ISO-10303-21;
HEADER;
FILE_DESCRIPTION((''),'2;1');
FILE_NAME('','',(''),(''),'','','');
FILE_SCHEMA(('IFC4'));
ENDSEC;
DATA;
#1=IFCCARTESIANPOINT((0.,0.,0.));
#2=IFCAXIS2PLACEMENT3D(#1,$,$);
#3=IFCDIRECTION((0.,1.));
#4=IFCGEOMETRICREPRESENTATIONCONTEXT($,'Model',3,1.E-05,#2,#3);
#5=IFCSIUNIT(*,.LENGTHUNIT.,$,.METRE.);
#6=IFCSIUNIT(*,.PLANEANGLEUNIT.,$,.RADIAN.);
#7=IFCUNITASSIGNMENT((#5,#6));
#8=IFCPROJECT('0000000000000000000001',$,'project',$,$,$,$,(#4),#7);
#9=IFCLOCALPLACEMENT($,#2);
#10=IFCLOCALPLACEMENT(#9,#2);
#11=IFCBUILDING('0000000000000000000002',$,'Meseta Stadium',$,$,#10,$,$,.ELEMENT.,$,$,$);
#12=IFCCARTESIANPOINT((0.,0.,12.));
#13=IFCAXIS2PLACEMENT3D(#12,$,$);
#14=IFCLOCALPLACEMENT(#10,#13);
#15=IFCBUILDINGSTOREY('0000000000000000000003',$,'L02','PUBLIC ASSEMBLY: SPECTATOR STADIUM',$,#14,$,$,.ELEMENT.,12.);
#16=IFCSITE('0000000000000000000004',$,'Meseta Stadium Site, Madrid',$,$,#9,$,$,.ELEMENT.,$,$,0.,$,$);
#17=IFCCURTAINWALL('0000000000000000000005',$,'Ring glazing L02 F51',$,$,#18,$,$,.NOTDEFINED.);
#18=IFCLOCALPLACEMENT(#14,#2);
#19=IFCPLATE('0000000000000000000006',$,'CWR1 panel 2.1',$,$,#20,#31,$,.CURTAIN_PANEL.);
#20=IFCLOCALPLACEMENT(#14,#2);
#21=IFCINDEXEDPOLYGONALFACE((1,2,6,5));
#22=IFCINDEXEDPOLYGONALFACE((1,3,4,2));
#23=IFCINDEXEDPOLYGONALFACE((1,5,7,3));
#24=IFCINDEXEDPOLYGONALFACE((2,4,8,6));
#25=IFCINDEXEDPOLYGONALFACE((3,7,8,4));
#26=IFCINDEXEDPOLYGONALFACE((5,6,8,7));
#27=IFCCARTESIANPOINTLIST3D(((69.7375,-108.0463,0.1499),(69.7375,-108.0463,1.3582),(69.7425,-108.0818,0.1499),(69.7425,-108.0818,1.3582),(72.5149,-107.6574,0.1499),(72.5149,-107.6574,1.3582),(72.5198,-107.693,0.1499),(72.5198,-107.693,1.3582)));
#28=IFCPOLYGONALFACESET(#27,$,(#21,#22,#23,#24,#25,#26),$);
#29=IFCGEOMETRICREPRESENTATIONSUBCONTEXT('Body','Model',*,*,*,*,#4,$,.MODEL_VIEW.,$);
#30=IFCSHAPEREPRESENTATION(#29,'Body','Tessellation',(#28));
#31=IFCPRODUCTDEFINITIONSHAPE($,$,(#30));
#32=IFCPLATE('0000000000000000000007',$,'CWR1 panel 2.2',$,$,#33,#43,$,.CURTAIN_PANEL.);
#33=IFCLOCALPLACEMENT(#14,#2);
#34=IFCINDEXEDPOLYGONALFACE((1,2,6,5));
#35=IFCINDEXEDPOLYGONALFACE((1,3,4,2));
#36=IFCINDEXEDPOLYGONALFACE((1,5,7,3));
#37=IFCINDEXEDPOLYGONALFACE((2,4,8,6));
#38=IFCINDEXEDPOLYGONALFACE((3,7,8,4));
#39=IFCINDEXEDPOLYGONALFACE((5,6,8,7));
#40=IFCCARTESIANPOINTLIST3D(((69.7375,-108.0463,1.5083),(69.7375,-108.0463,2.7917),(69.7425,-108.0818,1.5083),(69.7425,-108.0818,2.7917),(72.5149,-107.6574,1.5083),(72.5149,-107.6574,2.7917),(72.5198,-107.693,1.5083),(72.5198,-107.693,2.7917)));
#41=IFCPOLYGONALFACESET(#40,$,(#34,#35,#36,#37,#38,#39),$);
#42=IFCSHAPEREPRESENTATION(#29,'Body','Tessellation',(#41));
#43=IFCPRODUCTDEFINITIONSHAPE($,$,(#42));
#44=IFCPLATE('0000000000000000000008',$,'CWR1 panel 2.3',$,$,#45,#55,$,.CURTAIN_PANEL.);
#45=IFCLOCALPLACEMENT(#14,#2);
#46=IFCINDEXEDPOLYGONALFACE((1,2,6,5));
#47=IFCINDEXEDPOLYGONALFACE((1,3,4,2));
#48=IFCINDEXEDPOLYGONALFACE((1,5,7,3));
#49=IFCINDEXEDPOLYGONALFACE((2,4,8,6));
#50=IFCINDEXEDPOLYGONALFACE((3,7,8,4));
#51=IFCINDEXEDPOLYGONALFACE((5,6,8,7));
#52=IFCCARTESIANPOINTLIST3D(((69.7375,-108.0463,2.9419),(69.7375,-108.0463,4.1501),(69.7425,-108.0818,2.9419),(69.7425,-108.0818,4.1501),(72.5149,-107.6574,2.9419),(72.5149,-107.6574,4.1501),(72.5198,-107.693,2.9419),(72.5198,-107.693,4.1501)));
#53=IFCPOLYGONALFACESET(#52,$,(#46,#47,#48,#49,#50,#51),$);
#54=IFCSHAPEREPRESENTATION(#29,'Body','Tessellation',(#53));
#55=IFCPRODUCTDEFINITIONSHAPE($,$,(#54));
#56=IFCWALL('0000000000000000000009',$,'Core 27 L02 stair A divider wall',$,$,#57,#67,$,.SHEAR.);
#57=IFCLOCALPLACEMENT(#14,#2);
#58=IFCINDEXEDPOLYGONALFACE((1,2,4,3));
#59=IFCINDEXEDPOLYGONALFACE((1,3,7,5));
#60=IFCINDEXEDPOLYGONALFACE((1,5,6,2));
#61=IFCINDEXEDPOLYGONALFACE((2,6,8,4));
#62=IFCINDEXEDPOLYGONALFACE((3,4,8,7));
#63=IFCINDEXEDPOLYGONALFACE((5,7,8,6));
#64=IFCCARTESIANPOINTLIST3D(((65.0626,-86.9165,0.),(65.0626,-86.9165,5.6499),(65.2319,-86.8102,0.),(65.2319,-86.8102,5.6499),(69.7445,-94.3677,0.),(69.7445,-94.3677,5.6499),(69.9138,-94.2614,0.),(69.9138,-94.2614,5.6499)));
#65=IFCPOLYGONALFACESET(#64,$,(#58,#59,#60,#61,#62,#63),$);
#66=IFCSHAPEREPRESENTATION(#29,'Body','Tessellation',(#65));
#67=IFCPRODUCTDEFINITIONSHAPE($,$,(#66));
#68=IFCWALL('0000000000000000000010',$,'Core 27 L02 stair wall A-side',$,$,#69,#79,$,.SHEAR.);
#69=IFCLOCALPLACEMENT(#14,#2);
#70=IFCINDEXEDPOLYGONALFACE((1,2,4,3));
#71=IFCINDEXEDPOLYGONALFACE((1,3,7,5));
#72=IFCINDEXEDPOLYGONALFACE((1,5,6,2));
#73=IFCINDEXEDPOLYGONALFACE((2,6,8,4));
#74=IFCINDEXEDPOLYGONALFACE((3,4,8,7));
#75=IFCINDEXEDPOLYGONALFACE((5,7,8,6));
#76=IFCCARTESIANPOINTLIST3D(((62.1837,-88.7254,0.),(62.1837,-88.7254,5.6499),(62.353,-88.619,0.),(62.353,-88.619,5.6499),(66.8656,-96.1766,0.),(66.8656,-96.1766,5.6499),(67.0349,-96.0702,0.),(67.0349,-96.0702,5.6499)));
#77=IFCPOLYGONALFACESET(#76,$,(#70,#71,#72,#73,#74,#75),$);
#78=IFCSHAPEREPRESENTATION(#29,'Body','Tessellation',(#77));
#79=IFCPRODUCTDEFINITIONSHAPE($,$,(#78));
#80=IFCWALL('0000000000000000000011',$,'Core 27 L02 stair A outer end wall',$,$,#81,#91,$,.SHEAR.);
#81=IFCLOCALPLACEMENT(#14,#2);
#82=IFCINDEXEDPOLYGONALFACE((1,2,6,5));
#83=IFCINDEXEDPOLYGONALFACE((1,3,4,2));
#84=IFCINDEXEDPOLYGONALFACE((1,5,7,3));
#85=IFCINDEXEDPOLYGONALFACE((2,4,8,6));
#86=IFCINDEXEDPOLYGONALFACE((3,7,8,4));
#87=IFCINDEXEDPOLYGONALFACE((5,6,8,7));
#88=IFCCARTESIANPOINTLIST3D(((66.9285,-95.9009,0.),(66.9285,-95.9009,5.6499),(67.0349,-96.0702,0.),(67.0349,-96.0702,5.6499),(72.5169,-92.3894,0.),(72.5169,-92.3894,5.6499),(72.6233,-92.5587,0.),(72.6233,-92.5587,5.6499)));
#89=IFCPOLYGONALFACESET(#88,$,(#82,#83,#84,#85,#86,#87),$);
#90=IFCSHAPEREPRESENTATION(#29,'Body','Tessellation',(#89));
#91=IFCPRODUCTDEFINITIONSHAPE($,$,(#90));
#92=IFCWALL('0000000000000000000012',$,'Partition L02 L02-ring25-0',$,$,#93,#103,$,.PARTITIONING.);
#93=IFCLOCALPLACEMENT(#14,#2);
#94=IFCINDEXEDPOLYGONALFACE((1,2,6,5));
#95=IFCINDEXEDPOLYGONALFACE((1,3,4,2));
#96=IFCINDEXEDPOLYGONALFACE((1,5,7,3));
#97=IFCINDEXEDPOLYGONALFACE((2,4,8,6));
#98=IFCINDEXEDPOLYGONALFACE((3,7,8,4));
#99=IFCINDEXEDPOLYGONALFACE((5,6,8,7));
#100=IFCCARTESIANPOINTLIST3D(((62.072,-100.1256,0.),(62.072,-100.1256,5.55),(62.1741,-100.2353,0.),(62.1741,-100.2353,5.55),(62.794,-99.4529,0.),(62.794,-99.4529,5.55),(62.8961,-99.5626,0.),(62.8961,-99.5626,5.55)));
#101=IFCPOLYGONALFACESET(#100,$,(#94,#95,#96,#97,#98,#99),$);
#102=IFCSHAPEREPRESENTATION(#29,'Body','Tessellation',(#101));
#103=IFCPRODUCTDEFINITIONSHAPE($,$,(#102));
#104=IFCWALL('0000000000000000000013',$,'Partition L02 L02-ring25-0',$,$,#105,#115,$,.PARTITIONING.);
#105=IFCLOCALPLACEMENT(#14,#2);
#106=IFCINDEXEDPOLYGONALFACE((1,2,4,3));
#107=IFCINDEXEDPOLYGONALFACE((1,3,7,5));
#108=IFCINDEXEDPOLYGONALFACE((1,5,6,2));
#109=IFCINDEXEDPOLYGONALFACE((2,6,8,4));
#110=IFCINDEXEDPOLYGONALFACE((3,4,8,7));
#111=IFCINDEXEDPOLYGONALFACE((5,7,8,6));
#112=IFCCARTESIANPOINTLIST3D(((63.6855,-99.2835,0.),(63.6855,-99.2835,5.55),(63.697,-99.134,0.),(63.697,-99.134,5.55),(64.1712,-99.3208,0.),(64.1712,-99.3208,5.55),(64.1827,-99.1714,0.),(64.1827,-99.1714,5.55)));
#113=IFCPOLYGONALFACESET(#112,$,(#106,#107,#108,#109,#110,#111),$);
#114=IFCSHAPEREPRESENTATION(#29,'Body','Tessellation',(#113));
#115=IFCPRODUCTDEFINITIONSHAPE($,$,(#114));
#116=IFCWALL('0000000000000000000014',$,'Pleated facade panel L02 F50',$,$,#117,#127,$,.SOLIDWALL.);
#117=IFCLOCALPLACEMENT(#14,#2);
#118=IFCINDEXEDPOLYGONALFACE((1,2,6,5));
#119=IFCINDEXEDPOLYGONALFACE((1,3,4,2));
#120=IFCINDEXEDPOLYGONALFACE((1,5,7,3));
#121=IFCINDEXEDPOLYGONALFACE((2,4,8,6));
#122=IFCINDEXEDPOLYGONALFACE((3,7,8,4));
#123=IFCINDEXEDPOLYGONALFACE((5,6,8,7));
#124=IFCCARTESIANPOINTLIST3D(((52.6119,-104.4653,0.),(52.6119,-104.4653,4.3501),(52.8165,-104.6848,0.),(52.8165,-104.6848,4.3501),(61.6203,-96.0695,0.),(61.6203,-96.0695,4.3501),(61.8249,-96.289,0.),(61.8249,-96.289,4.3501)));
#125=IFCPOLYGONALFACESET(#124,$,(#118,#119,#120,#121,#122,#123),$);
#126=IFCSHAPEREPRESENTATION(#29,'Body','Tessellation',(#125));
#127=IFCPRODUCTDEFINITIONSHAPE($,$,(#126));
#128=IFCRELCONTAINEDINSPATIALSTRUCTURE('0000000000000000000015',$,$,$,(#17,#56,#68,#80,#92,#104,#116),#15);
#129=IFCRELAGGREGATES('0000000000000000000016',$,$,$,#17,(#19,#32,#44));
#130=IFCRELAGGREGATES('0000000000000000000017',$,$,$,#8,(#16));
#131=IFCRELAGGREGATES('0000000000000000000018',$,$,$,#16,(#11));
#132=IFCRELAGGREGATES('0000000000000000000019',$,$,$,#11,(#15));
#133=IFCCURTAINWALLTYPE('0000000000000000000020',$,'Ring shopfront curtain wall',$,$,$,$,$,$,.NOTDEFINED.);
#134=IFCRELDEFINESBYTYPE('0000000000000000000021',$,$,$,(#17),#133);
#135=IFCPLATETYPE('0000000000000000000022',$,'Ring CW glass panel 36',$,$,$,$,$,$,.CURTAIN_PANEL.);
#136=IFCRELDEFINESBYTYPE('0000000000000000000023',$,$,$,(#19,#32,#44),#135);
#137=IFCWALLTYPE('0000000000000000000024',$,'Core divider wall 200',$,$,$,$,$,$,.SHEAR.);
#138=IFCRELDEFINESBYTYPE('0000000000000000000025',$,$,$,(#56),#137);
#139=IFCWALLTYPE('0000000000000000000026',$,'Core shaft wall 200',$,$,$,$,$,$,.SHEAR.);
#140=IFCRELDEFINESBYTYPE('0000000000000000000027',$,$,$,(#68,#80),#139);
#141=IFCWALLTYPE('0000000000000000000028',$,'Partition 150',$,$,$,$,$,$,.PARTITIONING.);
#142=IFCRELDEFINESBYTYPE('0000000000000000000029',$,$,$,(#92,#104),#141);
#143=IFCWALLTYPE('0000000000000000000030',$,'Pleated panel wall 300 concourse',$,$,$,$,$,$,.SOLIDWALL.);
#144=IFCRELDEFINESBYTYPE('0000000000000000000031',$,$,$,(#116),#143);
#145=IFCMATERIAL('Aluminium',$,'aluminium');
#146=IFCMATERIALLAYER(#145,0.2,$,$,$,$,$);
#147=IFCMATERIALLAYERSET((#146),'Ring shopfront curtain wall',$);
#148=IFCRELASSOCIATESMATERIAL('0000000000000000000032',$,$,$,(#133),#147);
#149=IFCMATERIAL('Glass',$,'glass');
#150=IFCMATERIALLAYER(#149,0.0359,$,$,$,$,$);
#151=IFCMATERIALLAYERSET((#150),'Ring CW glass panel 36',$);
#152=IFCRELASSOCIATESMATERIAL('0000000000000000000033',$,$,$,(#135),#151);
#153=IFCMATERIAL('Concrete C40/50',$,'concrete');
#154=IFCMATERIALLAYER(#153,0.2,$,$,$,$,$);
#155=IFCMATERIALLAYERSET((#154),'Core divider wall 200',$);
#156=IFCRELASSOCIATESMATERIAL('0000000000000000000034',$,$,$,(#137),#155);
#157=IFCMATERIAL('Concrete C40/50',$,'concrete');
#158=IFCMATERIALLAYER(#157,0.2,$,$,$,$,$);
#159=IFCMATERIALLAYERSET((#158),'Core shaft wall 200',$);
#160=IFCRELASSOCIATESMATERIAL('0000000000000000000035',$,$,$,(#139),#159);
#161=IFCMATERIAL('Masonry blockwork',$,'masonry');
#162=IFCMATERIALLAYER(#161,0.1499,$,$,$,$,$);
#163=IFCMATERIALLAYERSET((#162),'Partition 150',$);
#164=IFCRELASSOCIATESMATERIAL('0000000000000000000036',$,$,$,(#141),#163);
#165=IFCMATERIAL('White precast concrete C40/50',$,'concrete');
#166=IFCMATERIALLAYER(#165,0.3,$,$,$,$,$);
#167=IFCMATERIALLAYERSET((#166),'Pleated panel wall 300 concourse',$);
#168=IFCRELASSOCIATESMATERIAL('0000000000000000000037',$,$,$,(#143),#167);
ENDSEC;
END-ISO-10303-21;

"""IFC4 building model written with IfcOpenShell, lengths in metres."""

from ifc_helpers import new_model, si_unit, direction, frame, frame_2d, origin, origin_2d, place, context, subcontext, project, spatial, rectangle, extrude, material, layer, layer_set, type_object, element, aggregate, save


model = new_model("IFC4")

# Units and contexts
model_context = context("Model", 3, precision=1e-05, world=origin(), true_north=direction((0.0, 1.0)))
body_context = subcontext(model_context, "Body", "Model", "MODEL_VIEW")
ifc_project = project(units=[si_unit("LENGTHUNIT", "METRE"), si_unit("PLANEANGLEUNIT", "RADIAN")], contexts=[model_context])

# Site, building, storey
site_placement = place(None, origin())
site = spatial("IfcSite", under=ifc_project, at=site_placement, Name="Meseta Stadium Site, Madrid", CompositionType="ELEMENT", RefElevation=0.0)
building_placement = place(site_placement, origin())
building = spatial("IfcBuilding", under=site, at=building_placement, Name="Meseta Stadium", CompositionType="ELEMENT")
storey_placement = place(building_placement, frame((0.0, 0.0, 12.0)))
storey = spatial("IfcBuildingStorey", under=building, at=storey_placement, Name="L02", Description="PUBLIC ASSEMBLY: SPECTATOR STADIUM", CompositionType="ELEMENT", Elevation=12.0)

# Curtain wall, plates
ifc_material_1 = material(Name="Aluminium", Category="aluminium")
ifc_layer_1 = layer(ifc_material_1, 0.2)
ifc_layer_set_1 = layer_set([ifc_layer_1], Name="Ring shopfront curtain wall")
curtain_wall_type = type_object("IfcCurtainWallType", Name="Ring shopfront curtain wall", PredefinedType="NOTDEFINED", material=ifc_layer_set_1)
curtain_wall_placement = place(storey_placement, origin())
curtain_wall = element("IfcCurtainWall", 1, at=curtain_wall_placement, inside=storey, type_object=curtain_wall_type, Name="Ring glazing L02 F51", PredefinedType="NOTDEFINED")
ifc_material_2 = material(Name="Glass", Category="glass")
ifc_layer_2 = layer(ifc_material_2, 0.0359)
ifc_layer_set_2 = layer_set([ifc_layer_2], Name="Ring CW glass panel 36")
plate_type = type_object("IfcPlateType", Name="Ring CW glass panel 36", PredefinedType="CURTAIN_PANEL", material=ifc_layer_set_2)
plate_1_placement = place(storey_placement, frame((71.1287, -107.8696, 0.1499), z_axis=(0.0, 0.0, 1.0), x_axis=(0.990342, 0.138643, 0.0)))
plate_1 = element("IfcPlate", 2, at=plate_1_placement, type_object=plate_type, Name="CWR1 panel 2.1", PredefinedType="CURTAIN_PANEL", context=body_context, shape_type="SweptSolid", body=[
    extrude(rectangle(XDim=2.8044, YDim=0.0359, at=origin_2d()), origin(), (0.0, 0.0, 1.0), 1.2083),
])
plate_2_placement = place(storey_placement, frame((71.1287, -107.8696, 1.5083), z_axis=(0.0, 0.0, 1.0), x_axis=(0.990342, 0.138643, 0.0)))
plate_2 = element("IfcPlate", 3, at=plate_2_placement, type_object=plate_type, Name="CWR1 panel 2.2", PredefinedType="CURTAIN_PANEL", context=body_context, shape_type="SweptSolid", body=[
    extrude(rectangle(XDim=2.8044, YDim=0.0359, at=origin_2d()), origin(), (0.0, 0.0, 1.0), 1.2834),
])
plate_3_placement = place(storey_placement, frame((71.1287, -107.8696, 2.9419), z_axis=(0.0, 0.0, 1.0), x_axis=(0.990342, 0.138643, 0.0)))
plate_3 = element("IfcPlate", 4, at=plate_3_placement, type_object=plate_type, Name="CWR1 panel 2.3", PredefinedType="CURTAIN_PANEL", context=body_context, shape_type="SweptSolid", body=[
    extrude(rectangle(XDim=2.8044, YDim=0.0359, at=origin_2d()), origin(), (0.0, 0.0, 1.0), 1.2083),
])
aggregate(curtain_wall, [plate_1, plate_2, plate_3])

# Walls
ifc_material_3 = material(Name="Concrete C40/50", Category="concrete")
ifc_layer_3 = layer(ifc_material_3, 0.2)
ifc_layer_set_3 = layer_set([ifc_layer_3], Name="Core divider wall 200")
wall_type_1 = type_object("IfcWallType", Name="Core divider wall 200", PredefinedType="SHEAR", material=ifc_layer_set_3)
wall_1_placement = place(storey_placement, frame((69.8291, -94.3145, 0.0), z_axis=(0.0, 0.0, 1.0), x_axis=(-0.532032, 0.846724, 0.0)))
element("IfcWall", 5, at=wall_1_placement, inside=storey, type_object=wall_type_1, Name="Core 27 L02 stair A divider wall", PredefinedType="SHEAR", context=body_context, shape_type="SweptSolid", body=[
    extrude(rectangle(XDim=8.8, YDim=0.2, at=frame_2d((4.3999, 0.0))), origin(), (0.0, 0.0, 1.0), 5.6499),
])
ifc_material_4 = material(Name="Concrete C40/50", Category="concrete")
ifc_layer_4 = layer(ifc_material_4, 0.2)
ifc_layer_set_4 = layer_set([ifc_layer_4], Name="Core shaft wall 200")
wall_type_2 = type_object("IfcWallType", Name="Core shaft wall 200", PredefinedType="SHEAR", material=ifc_layer_set_4)
wall_2_placement = place(storey_placement, frame((66.9502, -96.1233, 0.0), z_axis=(0.0, 0.0, 1.0), x_axis=(-0.532032, 0.846724, 0.0)))
element("IfcWall", 6, at=wall_2_placement, inside=storey, type_object=wall_type_2, Name="Core 27 L02 stair wall A-side", PredefinedType="SHEAR", context=body_context, shape_type="SweptSolid", body=[
    extrude(rectangle(XDim=8.8, YDim=0.2, at=frame_2d((4.3999, 0.0))), origin(), (0.0, 0.0, 1.0), 5.6499),
])
wall_3_placement = place(storey_placement, frame((66.9817, -95.9856, 0.0), z_axis=(0.0, 0.0, 1.0), x_axis=(0.84672, 0.532039, 0.0)))
element("IfcWall", 7, at=wall_3_placement, inside=storey, type_object=wall_type_2, Name="Core 27 L02 stair A outer end wall", PredefinedType="SHEAR", context=body_context, shape_type="SweptSolid", body=[
    extrude(rectangle(XDim=6.6001, YDim=0.2, at=frame_2d((3.3, 0.0))), origin(), (0.0, 0.0, 1.0), 5.6499),
])
ifc_material_5 = material(Name="Masonry blockwork", Category="masonry")
ifc_layer_5 = layer(ifc_material_5, 0.1499)
ifc_layer_set_5 = layer_set([ifc_layer_5], Name="Partition 150")
wall_type_3 = type_object("IfcWallType", Name="Partition 150", PredefinedType="PARTITIONING", material=ifc_layer_set_5)
wall_4_placement = place(storey_placement, frame((62.123, -100.1804, 0.0), z_axis=(0.0, 0.0, 1.0), x_axis=(0.731656, 0.681674, 0.0)))
element("IfcWall", 8, at=wall_4_placement, inside=storey, type_object=wall_type_3, Name="Partition L02 L02-ring25-0", PredefinedType="PARTITIONING", context=body_context, shape_type="SweptSolid", body=[
    extrude(rectangle(XDim=0.9868, YDim=0.1499, at=frame_2d((0.4934, 0.0))), origin(), (0.0, 0.0, 1.0), 5.55),
])
wall_5_placement = place(storey_placement, frame((63.6912, -99.2087, 0.0), z_axis=(0.0, 0.0, 1.0), x_axis=(0.997054, -0.076696, 0.0)))
element("IfcWall", 9, at=wall_5_placement, inside=storey, type_object=wall_type_3, Name="Partition L02 L02-ring25-0", PredefinedType="PARTITIONING", context=body_context, shape_type="SweptSolid", body=[
    extrude(rectangle(XDim=0.4871, YDim=0.1499, at=frame_2d((0.2437, 0.0))), origin(), (0.0, 0.0, 1.0), 5.55),
])
ifc_material_6 = material(Name="White precast concrete C40/50", Category="concrete")
ifc_layer_6 = layer(ifc_material_6, 0.3)
ifc_layer_set_6 = layer_set([ifc_layer_6], Name="Pleated panel wall 300 concourse")
wall_type_4 = type_object("IfcWallType", Name="Pleated panel wall 300 concourse", PredefinedType="SOLIDWALL", material=ifc_layer_set_6)
wall_6_placement = place(storey_placement, frame((61.7227, -96.1792, 0.0), z_axis=(0.0, 0.0, 1.0), x_axis=(-0.731541, -0.681797, 0.0)))
element("IfcWall", 10, at=wall_6_placement, inside=storey, type_object=wall_type_4, Name="Pleated facade panel L02 F50", PredefinedType="SOLIDWALL", context=body_context, shape_type="SweptSolid", body=[
    extrude(rectangle(XDim=12.3142, YDim=0.3, at=frame_2d((6.1572, 0.0))), origin(), (0.0, 0.0, 1.0), 4.3501),
])

save(model, "model.ifc")
